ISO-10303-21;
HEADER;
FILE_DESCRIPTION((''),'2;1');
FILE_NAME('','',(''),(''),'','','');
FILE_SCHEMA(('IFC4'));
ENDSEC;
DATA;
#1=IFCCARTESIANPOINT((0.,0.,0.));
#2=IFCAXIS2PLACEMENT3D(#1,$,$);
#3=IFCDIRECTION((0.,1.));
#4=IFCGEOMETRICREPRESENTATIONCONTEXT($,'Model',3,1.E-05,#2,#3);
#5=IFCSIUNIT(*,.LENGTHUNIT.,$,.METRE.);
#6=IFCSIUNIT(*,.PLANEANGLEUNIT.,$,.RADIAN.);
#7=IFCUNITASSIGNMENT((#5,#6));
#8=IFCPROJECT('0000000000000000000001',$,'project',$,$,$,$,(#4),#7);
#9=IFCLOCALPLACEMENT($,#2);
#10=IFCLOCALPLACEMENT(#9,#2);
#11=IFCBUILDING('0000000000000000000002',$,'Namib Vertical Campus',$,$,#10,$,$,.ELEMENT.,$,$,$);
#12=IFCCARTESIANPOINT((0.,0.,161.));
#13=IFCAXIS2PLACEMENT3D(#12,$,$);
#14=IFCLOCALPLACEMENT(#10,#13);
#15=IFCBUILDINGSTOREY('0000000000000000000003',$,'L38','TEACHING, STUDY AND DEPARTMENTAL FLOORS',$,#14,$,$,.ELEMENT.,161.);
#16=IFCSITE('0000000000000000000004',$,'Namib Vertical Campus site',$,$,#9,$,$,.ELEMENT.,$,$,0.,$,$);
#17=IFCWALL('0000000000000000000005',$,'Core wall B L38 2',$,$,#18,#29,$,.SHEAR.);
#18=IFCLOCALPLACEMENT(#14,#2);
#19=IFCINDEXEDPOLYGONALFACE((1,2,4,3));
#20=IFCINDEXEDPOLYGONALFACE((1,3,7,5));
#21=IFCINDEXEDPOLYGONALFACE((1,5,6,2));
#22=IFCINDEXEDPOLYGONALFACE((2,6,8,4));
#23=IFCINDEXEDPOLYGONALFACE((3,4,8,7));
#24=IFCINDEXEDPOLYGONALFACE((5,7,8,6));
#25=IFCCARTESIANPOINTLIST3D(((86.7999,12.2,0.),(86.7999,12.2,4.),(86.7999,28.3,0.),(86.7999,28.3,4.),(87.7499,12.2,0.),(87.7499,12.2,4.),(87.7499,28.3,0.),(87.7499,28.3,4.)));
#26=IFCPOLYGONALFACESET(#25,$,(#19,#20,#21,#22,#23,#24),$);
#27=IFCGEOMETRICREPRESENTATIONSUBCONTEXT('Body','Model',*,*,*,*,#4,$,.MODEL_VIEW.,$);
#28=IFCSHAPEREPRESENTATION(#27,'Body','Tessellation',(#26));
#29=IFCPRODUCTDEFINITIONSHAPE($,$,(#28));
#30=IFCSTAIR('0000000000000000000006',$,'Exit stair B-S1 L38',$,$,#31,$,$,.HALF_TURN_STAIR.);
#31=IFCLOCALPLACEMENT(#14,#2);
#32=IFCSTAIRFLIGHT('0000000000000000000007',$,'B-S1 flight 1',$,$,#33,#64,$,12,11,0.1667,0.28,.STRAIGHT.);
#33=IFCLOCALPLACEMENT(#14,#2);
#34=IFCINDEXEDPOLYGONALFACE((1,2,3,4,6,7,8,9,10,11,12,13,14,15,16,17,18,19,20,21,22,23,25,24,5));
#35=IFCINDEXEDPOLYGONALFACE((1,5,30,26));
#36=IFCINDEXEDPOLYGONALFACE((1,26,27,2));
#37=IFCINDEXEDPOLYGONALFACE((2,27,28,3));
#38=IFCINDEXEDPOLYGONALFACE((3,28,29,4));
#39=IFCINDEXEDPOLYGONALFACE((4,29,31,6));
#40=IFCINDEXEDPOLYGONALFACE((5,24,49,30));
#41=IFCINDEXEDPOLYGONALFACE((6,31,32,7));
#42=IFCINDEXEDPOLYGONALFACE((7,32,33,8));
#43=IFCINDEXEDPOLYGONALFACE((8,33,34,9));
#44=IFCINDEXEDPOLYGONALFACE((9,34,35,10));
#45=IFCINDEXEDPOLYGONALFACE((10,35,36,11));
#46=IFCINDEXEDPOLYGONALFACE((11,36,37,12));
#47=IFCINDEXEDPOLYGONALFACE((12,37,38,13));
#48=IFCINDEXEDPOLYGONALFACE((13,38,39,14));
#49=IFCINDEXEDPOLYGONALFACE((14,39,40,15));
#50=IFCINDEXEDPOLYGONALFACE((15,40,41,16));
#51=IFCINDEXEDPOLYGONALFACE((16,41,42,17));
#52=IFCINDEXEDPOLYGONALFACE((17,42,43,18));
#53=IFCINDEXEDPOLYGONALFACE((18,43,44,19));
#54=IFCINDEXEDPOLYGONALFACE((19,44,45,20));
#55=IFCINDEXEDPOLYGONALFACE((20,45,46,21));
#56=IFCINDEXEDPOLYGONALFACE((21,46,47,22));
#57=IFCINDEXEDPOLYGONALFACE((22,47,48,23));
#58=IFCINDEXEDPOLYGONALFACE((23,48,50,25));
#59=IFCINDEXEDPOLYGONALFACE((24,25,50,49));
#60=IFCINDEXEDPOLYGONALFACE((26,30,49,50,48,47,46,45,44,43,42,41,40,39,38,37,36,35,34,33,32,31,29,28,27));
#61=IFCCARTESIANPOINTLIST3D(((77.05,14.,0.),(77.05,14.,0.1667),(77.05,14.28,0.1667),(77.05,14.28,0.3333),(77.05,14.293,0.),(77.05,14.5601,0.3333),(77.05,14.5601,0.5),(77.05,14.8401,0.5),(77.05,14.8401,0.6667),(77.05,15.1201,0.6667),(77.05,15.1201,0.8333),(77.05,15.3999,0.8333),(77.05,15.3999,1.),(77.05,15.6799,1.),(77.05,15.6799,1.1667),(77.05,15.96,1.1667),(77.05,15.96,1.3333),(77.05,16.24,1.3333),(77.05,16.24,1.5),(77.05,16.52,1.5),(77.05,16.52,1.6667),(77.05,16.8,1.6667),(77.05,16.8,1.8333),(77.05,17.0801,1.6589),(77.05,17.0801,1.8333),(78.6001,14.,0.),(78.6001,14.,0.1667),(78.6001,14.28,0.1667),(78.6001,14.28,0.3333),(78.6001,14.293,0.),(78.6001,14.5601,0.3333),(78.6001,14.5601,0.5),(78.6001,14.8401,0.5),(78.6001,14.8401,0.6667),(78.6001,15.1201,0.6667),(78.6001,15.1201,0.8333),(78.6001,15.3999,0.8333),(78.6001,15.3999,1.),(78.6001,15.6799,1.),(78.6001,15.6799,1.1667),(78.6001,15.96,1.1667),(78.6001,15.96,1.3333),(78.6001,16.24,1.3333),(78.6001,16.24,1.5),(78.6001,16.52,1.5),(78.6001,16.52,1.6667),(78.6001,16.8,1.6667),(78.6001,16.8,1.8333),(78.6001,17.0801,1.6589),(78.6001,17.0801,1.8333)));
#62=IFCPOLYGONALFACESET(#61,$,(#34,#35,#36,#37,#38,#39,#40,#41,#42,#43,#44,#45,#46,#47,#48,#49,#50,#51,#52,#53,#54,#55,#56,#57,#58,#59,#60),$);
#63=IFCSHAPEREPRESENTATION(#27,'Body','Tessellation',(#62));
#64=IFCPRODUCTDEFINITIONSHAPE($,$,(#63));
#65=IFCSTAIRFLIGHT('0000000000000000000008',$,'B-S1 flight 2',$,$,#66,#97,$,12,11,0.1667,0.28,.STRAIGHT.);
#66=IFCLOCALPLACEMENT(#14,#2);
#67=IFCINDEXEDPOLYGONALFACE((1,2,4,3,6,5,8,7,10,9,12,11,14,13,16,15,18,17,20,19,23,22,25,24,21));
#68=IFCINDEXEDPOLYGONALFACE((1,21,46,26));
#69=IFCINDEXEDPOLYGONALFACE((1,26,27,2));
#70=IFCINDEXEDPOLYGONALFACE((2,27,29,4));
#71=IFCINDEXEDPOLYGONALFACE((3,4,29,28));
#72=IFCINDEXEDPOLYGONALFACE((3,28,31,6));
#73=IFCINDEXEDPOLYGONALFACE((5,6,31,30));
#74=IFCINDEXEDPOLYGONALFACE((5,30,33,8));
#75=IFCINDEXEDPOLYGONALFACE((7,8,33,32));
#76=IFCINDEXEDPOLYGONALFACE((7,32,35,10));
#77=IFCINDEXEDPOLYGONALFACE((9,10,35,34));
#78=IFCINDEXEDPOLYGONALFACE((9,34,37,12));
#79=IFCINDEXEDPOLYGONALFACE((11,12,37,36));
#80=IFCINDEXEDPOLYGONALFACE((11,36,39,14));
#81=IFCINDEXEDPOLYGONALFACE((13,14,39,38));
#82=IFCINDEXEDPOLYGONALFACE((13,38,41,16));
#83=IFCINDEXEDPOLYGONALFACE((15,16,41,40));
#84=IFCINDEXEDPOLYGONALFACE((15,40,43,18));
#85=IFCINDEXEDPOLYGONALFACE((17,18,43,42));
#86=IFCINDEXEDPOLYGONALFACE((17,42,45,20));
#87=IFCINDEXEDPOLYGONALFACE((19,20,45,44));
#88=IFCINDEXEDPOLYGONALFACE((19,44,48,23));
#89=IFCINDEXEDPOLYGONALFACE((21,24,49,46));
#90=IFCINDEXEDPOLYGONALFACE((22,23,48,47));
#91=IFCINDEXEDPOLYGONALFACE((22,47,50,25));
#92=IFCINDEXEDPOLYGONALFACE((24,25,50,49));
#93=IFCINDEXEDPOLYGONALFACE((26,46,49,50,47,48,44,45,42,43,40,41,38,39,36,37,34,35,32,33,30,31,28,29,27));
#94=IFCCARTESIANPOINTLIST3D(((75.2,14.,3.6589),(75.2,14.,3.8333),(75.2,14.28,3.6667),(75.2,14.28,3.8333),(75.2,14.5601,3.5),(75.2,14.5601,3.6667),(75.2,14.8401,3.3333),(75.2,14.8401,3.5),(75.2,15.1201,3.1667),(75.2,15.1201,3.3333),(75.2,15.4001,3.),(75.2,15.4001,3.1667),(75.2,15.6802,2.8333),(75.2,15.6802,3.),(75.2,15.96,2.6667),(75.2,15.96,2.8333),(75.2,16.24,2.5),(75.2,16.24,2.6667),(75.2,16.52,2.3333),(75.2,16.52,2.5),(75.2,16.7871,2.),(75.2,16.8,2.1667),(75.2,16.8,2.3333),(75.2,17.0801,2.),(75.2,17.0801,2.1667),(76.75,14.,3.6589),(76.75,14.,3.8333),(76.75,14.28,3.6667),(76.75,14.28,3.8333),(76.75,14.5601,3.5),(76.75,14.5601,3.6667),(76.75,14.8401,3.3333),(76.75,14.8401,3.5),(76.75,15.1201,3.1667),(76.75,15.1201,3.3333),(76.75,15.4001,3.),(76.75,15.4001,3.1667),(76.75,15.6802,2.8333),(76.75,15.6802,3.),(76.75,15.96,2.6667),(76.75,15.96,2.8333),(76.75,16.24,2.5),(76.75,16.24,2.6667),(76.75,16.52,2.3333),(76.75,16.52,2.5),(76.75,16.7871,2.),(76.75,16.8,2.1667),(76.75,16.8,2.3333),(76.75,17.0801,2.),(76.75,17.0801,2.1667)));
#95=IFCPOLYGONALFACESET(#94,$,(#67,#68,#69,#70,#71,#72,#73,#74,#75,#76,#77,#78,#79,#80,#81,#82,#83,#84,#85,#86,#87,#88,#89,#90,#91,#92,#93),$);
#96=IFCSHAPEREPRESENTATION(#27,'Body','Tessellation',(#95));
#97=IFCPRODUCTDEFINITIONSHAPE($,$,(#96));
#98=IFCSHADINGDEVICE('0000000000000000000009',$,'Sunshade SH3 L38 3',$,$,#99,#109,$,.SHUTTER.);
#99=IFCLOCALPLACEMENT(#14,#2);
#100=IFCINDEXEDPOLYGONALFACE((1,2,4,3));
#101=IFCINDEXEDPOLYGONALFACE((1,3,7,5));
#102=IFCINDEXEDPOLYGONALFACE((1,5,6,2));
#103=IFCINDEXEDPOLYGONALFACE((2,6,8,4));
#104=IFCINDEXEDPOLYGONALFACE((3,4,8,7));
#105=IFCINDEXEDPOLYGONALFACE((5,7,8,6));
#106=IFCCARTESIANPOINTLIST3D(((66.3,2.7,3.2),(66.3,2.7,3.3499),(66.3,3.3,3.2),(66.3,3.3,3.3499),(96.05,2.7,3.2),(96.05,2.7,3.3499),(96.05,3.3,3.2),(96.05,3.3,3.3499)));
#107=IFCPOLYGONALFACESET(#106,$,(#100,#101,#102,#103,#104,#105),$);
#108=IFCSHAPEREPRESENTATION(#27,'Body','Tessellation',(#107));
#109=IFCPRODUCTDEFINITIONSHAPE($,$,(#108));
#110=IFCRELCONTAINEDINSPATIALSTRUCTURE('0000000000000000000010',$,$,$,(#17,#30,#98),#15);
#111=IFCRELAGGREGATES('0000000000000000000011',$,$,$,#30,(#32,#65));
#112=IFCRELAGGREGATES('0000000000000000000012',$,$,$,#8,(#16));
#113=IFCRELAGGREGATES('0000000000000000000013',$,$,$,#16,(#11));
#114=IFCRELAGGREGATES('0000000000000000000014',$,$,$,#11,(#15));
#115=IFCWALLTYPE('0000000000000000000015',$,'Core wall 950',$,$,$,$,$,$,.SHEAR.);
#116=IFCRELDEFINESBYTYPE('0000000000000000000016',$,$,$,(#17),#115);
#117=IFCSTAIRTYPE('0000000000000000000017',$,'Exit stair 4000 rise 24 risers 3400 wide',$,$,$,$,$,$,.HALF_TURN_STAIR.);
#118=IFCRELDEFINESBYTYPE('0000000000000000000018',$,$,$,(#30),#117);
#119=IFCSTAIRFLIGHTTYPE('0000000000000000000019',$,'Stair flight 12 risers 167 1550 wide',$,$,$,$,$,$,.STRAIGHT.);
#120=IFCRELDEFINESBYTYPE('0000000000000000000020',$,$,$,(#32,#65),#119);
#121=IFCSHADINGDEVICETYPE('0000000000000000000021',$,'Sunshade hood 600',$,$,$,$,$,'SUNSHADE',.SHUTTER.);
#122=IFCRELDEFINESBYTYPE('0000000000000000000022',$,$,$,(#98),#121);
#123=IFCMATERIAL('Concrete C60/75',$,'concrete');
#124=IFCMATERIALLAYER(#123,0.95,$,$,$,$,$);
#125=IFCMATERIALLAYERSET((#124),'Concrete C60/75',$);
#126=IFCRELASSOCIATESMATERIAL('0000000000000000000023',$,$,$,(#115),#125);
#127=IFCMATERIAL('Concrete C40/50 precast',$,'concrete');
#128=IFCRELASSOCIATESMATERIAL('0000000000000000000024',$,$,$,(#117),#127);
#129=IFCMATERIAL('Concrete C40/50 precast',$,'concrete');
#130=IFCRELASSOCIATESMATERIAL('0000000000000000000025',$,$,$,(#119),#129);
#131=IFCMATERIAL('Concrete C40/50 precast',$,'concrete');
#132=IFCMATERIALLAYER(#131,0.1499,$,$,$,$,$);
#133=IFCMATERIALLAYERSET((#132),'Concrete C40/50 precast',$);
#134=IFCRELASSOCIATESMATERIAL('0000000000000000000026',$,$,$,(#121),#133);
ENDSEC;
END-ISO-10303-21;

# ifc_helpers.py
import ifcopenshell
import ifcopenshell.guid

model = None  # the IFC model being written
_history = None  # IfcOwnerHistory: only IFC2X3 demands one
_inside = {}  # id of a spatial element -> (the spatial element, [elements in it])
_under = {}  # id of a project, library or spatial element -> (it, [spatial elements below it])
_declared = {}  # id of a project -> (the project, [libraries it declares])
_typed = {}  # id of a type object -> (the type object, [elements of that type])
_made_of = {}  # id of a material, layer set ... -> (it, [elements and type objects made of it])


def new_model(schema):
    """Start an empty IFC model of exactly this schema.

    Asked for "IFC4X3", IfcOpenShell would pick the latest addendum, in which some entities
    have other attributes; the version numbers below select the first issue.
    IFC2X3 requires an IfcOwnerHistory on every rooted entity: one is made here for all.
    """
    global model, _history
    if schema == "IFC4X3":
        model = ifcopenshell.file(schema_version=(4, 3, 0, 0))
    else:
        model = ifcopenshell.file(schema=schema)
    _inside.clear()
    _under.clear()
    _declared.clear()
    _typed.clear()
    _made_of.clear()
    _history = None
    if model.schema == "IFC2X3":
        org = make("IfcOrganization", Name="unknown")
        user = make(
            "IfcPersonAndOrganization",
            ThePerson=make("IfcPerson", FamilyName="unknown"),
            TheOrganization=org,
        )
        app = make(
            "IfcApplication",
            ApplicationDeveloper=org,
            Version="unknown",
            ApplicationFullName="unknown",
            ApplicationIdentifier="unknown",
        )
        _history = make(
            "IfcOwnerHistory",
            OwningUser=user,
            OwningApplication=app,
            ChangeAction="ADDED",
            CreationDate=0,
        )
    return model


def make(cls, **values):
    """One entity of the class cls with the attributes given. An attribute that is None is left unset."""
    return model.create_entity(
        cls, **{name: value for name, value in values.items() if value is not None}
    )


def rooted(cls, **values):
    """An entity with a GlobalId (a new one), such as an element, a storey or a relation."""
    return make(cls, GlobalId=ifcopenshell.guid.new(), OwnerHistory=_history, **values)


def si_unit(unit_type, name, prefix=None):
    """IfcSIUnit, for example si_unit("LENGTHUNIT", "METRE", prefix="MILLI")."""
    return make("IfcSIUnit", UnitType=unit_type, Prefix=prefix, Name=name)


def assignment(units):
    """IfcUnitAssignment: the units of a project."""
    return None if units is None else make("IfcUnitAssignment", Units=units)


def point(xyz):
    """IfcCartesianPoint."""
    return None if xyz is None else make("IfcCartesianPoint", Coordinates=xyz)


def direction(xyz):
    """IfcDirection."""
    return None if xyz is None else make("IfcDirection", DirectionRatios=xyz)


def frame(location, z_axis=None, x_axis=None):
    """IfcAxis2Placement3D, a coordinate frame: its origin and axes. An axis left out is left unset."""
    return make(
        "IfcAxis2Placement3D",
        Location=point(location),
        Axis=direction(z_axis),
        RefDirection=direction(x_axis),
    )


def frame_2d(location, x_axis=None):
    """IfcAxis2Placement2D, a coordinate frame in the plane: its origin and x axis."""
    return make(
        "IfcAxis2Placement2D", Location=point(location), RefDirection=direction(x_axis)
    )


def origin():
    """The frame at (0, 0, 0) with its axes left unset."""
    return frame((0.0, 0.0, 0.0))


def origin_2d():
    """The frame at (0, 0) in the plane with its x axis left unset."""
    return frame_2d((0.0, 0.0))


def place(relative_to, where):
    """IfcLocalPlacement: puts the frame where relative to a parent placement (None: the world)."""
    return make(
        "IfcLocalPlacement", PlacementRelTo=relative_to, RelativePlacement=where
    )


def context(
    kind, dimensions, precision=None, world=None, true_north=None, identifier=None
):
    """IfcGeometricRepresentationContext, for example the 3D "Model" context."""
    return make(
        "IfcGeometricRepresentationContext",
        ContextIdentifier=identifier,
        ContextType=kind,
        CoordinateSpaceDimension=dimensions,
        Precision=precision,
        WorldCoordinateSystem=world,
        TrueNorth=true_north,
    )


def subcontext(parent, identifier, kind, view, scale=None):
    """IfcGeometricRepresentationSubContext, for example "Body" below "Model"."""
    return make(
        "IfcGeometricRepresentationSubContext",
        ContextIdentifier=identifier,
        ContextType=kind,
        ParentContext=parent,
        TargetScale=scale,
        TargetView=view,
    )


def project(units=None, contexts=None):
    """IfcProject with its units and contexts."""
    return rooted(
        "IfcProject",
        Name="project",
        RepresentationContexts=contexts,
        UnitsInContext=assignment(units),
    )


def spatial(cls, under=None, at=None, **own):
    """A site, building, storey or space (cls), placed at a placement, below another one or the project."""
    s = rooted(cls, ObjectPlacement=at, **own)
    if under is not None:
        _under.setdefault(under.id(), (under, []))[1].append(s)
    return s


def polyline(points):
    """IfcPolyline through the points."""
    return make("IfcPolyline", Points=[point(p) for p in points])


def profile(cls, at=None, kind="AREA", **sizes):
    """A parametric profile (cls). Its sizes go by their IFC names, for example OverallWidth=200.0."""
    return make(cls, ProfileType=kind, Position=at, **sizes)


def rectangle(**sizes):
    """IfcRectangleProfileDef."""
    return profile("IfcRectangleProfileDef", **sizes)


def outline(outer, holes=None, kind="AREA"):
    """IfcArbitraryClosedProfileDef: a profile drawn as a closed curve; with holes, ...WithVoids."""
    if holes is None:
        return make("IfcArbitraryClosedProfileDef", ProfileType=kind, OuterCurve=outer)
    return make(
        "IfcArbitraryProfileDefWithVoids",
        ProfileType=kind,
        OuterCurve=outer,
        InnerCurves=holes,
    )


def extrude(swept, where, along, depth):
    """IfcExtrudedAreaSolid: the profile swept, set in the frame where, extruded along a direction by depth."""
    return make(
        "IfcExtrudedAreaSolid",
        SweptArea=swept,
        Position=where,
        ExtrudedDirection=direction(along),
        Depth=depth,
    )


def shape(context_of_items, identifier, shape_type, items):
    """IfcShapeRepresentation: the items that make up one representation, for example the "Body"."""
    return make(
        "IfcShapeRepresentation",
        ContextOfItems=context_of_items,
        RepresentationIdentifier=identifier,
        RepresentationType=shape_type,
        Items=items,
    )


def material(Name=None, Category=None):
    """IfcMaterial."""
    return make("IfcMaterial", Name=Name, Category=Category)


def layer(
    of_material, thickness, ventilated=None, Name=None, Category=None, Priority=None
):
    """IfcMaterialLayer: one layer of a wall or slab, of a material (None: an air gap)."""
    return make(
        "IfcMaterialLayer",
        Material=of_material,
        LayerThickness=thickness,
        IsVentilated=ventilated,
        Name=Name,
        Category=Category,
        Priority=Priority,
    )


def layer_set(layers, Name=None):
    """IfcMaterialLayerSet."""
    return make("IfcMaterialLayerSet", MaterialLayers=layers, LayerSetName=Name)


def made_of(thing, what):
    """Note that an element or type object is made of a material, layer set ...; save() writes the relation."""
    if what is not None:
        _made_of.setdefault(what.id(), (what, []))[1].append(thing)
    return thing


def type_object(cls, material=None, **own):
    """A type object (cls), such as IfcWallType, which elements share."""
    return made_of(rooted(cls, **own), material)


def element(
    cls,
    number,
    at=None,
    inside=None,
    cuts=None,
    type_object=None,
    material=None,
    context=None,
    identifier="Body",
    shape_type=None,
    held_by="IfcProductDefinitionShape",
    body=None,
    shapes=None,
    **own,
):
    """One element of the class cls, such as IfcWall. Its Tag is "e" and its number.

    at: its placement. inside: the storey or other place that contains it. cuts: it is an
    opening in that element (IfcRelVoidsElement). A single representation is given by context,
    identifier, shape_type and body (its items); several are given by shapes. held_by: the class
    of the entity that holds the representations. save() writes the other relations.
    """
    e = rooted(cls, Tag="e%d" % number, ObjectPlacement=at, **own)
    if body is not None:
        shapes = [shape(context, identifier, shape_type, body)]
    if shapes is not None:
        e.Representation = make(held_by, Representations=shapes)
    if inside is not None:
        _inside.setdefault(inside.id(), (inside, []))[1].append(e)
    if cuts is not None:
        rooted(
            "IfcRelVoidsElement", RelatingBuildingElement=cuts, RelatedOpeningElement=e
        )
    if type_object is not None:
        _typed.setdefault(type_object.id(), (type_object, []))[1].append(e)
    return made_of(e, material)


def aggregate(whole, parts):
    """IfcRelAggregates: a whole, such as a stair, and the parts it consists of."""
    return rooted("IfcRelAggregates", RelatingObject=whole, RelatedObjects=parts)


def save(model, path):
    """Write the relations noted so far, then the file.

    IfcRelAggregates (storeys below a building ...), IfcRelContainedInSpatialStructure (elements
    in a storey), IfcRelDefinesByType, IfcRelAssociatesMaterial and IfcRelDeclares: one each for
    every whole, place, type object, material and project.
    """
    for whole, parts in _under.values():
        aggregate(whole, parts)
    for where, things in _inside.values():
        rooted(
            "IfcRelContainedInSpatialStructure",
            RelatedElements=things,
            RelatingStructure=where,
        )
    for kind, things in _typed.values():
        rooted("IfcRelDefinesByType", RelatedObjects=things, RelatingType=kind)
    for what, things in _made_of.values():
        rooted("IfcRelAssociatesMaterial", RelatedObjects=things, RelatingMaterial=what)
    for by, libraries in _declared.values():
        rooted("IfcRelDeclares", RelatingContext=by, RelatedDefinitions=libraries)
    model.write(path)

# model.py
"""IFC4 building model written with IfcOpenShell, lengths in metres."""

from ifc_helpers import new_model, si_unit, direction, frame, frame_2d, origin, origin_2d, place, context, subcontext, project, spatial, polyline, rectangle, outline, extrude, material, layer, layer_set, type_object, element, aggregate, save


model = new_model("IFC4")

# Units and contexts
model_context = context("Model", 3, precision=1e-05, world=origin(), true_north=direction((0.0, 1.0)))
body_context = subcontext(model_context, "Body", "Model", "MODEL_VIEW")
ifc_project = project(units=[si_unit("LENGTHUNIT", "METRE"), si_unit("PLANEANGLEUNIT", "RADIAN")], contexts=[model_context])

# Site, building, storey
site_placement = place(None, origin())
site = spatial("IfcSite", under=ifc_project, at=site_placement, Name="Namib Vertical Campus site", CompositionType="ELEMENT", RefElevation=0.0)
building_placement = place(site_placement, origin())
building = spatial("IfcBuilding", under=site, at=building_placement, Name="Namib Vertical Campus", CompositionType="ELEMENT")
storey_placement = place(building_placement, frame((0.0, 0.0, 161.0)))
storey = spatial("IfcBuildingStorey", under=building, at=storey_placement, Name="L38", Description="TEACHING, STUDY AND DEPARTMENTAL FLOORS", CompositionType="ELEMENT", Elevation=161.0)

# Wall
ifc_material_1 = material(Name="Concrete C60/75", Category="concrete")
ifc_layer_1 = layer(ifc_material_1, 0.95)
ifc_layer_set_1 = layer_set([ifc_layer_1], Name="Concrete C60/75")
wall_type_1 = type_object("IfcWallType", Name="Core wall 950", PredefinedType="SHEAR", material=ifc_layer_set_1)
wall_1_placement = place(storey_placement, frame((87.2749, 12.2, 0.0), z_axis=(0.0, 0.0, 1.0), x_axis=(0.0, 1.0, 0.0)))
element("IfcWall", 1, at=wall_1_placement, inside=storey, type_object=wall_type_1, Name="Core wall B L38 2", PredefinedType="SHEAR", context=body_context, shape_type="SweptSolid", body=[
    extrude(rectangle(XDim=16.1001, YDim=0.95, at=frame_2d((8.05, 0.0))), origin(), (0.0, 0.0, 1.0), 4.0),
])

# Stair, stair flights
ifc_material_2 = material(Name="Concrete C40/50 precast", Category="concrete")
stair_type = type_object("IfcStairType", Name="Exit stair 4000 rise 24 risers 3400 wide", PredefinedType="HALF_TURN_STAIR", material=ifc_material_2)
stair_placement = place(storey_placement, origin())
stair = element("IfcStair", 2, at=stair_placement, inside=storey, type_object=stair_type, Name="Exit stair B-S1 L38", PredefinedType="HALF_TURN_STAIR")
ifc_material_3 = material(Name="Concrete C40/50 precast", Category="concrete")
stair_flight_type = type_object("IfcStairFlightType", Name="Stair flight 12 risers 167 1550 wide", PredefinedType="STRAIGHT", material=ifc_material_3)
stair_flight_1_placement = place(storey_placement, frame((77.825, 14.0, 0.0), z_axis=(0.0, 0.0, 1.0), x_axis=(0.0, 1.0, 0.0)))
stair_flight_1 = element("IfcStairFlight", 3, at=stair_flight_1_placement, type_object=stair_flight_type, Name="B-S1 flight 1", NumberOfRisers=12, NumberOfTreads=11, PredefinedType="STRAIGHT", RiserHeight=0.1667, TreadLength=0.28, context=body_context, shape_type="SweptSolid", body=[
    extrude(outline(polyline([(0.0, 0.0), (0.0, 0.1667), (0.28, 0.1667), (0.28, 0.3333), (0.5601, 0.3333), (0.5601, 0.5), (0.8401, 0.5), (0.8401, 0.6667), (1.1201, 0.6667), (1.1201, 0.8333), (1.3999, 0.8333), (1.3999, 1.0), (1.6799, 1.0), (1.6799, 1.1667), (1.96, 1.1667), (1.96, 1.3333), (2.24, 1.3333), (2.24, 1.5), (2.52, 1.5), (2.52, 1.6667), (2.8, 1.6667), (2.8, 1.8333), (3.0801, 1.8333), (3.0801, 2.0), (3.0801, 1.6589), (0.293, 0.0), (0.0, 0.0)])), frame((0.0, 0.7749, 0.0), z_axis=(0.0, -1.0, 0.0), x_axis=(1.0, 0.0, 0.0)), (0.0, 0.0, 1.0), 1.55),
])
stair_flight_2_placement = place(storey_placement, frame((75.9751, 17.0801, 2.0), z_axis=(0.0, 0.0, 1.0), x_axis=(0.0, -1.0, 0.0)))
stair_flight_2 = element("IfcStairFlight", 4, at=stair_flight_2_placement, type_object=stair_flight_type, Name="B-S1 flight 2", NumberOfRisers=12, NumberOfTreads=11, PredefinedType="STRAIGHT", RiserHeight=0.1667, TreadLength=0.28, context=body_context, shape_type="SweptSolid", body=[
    extrude(outline(polyline([(0.0, 0.0), (0.0, 0.1667), (0.28, 0.1667), (0.28, 0.3333), (0.5601, 0.3333), (0.5601, 0.5), (0.8401, 0.5), (0.8401, 0.6667), (1.1201, 0.6667), (1.1201, 0.8333), (1.3999, 0.8333), (1.3999, 1.0), (1.6799, 1.0), (1.6799, 1.1667), (1.96, 1.1667), (1.96, 1.3333), (2.24, 1.3333), (2.24, 1.5), (2.52, 1.5), (2.52, 1.6667), (2.8, 1.6667), (2.8, 1.8333), (3.0801, 1.8333), (3.0801, 2.0), (3.0801, 1.6589), (0.293, 0.0), (0.0, 0.0)])), frame((0.0, 0.7749, 0.0), z_axis=(0.0, -1.0, 0.0), x_axis=(1.0, 0.0, 0.0)), (0.0, 0.0, 1.0), 1.55),
])
aggregate(stair, [stair_flight_1, stair_flight_2])

# Shading device
ifc_material_4 = material(Name="Concrete C40/50 precast", Category="concrete")
ifc_layer_2 = layer(ifc_material_4, 0.1499)
ifc_layer_set_2 = layer_set([ifc_layer_2], Name="Concrete C40/50 precast")
shading_device_type = type_object("IfcShadingDeviceType", Name="Sunshade hood 600", ElementType="SUNSHADE", PredefinedType="SHUTTER", material=ifc_layer_set_2)
shading_device_placement = place(storey_placement, frame((81.175, 3.0, 3.2), z_axis=(0.0, 0.0, 1.0), x_axis=(1.0, 0.0, 0.0)))
element("IfcShadingDevice", 5, at=shading_device_placement, inside=storey, type_object=shading_device_type, Name="Sunshade SH3 L38 3", PredefinedType="SHUTTER", context=body_context, shape_type="SweptSolid", body=[
    extrude(rectangle(XDim=29.75, YDim=0.6001, at=origin_2d()), origin(), (0.0, 0.0, 1.0), 0.1499),
])

save(model, "model.ifc")
